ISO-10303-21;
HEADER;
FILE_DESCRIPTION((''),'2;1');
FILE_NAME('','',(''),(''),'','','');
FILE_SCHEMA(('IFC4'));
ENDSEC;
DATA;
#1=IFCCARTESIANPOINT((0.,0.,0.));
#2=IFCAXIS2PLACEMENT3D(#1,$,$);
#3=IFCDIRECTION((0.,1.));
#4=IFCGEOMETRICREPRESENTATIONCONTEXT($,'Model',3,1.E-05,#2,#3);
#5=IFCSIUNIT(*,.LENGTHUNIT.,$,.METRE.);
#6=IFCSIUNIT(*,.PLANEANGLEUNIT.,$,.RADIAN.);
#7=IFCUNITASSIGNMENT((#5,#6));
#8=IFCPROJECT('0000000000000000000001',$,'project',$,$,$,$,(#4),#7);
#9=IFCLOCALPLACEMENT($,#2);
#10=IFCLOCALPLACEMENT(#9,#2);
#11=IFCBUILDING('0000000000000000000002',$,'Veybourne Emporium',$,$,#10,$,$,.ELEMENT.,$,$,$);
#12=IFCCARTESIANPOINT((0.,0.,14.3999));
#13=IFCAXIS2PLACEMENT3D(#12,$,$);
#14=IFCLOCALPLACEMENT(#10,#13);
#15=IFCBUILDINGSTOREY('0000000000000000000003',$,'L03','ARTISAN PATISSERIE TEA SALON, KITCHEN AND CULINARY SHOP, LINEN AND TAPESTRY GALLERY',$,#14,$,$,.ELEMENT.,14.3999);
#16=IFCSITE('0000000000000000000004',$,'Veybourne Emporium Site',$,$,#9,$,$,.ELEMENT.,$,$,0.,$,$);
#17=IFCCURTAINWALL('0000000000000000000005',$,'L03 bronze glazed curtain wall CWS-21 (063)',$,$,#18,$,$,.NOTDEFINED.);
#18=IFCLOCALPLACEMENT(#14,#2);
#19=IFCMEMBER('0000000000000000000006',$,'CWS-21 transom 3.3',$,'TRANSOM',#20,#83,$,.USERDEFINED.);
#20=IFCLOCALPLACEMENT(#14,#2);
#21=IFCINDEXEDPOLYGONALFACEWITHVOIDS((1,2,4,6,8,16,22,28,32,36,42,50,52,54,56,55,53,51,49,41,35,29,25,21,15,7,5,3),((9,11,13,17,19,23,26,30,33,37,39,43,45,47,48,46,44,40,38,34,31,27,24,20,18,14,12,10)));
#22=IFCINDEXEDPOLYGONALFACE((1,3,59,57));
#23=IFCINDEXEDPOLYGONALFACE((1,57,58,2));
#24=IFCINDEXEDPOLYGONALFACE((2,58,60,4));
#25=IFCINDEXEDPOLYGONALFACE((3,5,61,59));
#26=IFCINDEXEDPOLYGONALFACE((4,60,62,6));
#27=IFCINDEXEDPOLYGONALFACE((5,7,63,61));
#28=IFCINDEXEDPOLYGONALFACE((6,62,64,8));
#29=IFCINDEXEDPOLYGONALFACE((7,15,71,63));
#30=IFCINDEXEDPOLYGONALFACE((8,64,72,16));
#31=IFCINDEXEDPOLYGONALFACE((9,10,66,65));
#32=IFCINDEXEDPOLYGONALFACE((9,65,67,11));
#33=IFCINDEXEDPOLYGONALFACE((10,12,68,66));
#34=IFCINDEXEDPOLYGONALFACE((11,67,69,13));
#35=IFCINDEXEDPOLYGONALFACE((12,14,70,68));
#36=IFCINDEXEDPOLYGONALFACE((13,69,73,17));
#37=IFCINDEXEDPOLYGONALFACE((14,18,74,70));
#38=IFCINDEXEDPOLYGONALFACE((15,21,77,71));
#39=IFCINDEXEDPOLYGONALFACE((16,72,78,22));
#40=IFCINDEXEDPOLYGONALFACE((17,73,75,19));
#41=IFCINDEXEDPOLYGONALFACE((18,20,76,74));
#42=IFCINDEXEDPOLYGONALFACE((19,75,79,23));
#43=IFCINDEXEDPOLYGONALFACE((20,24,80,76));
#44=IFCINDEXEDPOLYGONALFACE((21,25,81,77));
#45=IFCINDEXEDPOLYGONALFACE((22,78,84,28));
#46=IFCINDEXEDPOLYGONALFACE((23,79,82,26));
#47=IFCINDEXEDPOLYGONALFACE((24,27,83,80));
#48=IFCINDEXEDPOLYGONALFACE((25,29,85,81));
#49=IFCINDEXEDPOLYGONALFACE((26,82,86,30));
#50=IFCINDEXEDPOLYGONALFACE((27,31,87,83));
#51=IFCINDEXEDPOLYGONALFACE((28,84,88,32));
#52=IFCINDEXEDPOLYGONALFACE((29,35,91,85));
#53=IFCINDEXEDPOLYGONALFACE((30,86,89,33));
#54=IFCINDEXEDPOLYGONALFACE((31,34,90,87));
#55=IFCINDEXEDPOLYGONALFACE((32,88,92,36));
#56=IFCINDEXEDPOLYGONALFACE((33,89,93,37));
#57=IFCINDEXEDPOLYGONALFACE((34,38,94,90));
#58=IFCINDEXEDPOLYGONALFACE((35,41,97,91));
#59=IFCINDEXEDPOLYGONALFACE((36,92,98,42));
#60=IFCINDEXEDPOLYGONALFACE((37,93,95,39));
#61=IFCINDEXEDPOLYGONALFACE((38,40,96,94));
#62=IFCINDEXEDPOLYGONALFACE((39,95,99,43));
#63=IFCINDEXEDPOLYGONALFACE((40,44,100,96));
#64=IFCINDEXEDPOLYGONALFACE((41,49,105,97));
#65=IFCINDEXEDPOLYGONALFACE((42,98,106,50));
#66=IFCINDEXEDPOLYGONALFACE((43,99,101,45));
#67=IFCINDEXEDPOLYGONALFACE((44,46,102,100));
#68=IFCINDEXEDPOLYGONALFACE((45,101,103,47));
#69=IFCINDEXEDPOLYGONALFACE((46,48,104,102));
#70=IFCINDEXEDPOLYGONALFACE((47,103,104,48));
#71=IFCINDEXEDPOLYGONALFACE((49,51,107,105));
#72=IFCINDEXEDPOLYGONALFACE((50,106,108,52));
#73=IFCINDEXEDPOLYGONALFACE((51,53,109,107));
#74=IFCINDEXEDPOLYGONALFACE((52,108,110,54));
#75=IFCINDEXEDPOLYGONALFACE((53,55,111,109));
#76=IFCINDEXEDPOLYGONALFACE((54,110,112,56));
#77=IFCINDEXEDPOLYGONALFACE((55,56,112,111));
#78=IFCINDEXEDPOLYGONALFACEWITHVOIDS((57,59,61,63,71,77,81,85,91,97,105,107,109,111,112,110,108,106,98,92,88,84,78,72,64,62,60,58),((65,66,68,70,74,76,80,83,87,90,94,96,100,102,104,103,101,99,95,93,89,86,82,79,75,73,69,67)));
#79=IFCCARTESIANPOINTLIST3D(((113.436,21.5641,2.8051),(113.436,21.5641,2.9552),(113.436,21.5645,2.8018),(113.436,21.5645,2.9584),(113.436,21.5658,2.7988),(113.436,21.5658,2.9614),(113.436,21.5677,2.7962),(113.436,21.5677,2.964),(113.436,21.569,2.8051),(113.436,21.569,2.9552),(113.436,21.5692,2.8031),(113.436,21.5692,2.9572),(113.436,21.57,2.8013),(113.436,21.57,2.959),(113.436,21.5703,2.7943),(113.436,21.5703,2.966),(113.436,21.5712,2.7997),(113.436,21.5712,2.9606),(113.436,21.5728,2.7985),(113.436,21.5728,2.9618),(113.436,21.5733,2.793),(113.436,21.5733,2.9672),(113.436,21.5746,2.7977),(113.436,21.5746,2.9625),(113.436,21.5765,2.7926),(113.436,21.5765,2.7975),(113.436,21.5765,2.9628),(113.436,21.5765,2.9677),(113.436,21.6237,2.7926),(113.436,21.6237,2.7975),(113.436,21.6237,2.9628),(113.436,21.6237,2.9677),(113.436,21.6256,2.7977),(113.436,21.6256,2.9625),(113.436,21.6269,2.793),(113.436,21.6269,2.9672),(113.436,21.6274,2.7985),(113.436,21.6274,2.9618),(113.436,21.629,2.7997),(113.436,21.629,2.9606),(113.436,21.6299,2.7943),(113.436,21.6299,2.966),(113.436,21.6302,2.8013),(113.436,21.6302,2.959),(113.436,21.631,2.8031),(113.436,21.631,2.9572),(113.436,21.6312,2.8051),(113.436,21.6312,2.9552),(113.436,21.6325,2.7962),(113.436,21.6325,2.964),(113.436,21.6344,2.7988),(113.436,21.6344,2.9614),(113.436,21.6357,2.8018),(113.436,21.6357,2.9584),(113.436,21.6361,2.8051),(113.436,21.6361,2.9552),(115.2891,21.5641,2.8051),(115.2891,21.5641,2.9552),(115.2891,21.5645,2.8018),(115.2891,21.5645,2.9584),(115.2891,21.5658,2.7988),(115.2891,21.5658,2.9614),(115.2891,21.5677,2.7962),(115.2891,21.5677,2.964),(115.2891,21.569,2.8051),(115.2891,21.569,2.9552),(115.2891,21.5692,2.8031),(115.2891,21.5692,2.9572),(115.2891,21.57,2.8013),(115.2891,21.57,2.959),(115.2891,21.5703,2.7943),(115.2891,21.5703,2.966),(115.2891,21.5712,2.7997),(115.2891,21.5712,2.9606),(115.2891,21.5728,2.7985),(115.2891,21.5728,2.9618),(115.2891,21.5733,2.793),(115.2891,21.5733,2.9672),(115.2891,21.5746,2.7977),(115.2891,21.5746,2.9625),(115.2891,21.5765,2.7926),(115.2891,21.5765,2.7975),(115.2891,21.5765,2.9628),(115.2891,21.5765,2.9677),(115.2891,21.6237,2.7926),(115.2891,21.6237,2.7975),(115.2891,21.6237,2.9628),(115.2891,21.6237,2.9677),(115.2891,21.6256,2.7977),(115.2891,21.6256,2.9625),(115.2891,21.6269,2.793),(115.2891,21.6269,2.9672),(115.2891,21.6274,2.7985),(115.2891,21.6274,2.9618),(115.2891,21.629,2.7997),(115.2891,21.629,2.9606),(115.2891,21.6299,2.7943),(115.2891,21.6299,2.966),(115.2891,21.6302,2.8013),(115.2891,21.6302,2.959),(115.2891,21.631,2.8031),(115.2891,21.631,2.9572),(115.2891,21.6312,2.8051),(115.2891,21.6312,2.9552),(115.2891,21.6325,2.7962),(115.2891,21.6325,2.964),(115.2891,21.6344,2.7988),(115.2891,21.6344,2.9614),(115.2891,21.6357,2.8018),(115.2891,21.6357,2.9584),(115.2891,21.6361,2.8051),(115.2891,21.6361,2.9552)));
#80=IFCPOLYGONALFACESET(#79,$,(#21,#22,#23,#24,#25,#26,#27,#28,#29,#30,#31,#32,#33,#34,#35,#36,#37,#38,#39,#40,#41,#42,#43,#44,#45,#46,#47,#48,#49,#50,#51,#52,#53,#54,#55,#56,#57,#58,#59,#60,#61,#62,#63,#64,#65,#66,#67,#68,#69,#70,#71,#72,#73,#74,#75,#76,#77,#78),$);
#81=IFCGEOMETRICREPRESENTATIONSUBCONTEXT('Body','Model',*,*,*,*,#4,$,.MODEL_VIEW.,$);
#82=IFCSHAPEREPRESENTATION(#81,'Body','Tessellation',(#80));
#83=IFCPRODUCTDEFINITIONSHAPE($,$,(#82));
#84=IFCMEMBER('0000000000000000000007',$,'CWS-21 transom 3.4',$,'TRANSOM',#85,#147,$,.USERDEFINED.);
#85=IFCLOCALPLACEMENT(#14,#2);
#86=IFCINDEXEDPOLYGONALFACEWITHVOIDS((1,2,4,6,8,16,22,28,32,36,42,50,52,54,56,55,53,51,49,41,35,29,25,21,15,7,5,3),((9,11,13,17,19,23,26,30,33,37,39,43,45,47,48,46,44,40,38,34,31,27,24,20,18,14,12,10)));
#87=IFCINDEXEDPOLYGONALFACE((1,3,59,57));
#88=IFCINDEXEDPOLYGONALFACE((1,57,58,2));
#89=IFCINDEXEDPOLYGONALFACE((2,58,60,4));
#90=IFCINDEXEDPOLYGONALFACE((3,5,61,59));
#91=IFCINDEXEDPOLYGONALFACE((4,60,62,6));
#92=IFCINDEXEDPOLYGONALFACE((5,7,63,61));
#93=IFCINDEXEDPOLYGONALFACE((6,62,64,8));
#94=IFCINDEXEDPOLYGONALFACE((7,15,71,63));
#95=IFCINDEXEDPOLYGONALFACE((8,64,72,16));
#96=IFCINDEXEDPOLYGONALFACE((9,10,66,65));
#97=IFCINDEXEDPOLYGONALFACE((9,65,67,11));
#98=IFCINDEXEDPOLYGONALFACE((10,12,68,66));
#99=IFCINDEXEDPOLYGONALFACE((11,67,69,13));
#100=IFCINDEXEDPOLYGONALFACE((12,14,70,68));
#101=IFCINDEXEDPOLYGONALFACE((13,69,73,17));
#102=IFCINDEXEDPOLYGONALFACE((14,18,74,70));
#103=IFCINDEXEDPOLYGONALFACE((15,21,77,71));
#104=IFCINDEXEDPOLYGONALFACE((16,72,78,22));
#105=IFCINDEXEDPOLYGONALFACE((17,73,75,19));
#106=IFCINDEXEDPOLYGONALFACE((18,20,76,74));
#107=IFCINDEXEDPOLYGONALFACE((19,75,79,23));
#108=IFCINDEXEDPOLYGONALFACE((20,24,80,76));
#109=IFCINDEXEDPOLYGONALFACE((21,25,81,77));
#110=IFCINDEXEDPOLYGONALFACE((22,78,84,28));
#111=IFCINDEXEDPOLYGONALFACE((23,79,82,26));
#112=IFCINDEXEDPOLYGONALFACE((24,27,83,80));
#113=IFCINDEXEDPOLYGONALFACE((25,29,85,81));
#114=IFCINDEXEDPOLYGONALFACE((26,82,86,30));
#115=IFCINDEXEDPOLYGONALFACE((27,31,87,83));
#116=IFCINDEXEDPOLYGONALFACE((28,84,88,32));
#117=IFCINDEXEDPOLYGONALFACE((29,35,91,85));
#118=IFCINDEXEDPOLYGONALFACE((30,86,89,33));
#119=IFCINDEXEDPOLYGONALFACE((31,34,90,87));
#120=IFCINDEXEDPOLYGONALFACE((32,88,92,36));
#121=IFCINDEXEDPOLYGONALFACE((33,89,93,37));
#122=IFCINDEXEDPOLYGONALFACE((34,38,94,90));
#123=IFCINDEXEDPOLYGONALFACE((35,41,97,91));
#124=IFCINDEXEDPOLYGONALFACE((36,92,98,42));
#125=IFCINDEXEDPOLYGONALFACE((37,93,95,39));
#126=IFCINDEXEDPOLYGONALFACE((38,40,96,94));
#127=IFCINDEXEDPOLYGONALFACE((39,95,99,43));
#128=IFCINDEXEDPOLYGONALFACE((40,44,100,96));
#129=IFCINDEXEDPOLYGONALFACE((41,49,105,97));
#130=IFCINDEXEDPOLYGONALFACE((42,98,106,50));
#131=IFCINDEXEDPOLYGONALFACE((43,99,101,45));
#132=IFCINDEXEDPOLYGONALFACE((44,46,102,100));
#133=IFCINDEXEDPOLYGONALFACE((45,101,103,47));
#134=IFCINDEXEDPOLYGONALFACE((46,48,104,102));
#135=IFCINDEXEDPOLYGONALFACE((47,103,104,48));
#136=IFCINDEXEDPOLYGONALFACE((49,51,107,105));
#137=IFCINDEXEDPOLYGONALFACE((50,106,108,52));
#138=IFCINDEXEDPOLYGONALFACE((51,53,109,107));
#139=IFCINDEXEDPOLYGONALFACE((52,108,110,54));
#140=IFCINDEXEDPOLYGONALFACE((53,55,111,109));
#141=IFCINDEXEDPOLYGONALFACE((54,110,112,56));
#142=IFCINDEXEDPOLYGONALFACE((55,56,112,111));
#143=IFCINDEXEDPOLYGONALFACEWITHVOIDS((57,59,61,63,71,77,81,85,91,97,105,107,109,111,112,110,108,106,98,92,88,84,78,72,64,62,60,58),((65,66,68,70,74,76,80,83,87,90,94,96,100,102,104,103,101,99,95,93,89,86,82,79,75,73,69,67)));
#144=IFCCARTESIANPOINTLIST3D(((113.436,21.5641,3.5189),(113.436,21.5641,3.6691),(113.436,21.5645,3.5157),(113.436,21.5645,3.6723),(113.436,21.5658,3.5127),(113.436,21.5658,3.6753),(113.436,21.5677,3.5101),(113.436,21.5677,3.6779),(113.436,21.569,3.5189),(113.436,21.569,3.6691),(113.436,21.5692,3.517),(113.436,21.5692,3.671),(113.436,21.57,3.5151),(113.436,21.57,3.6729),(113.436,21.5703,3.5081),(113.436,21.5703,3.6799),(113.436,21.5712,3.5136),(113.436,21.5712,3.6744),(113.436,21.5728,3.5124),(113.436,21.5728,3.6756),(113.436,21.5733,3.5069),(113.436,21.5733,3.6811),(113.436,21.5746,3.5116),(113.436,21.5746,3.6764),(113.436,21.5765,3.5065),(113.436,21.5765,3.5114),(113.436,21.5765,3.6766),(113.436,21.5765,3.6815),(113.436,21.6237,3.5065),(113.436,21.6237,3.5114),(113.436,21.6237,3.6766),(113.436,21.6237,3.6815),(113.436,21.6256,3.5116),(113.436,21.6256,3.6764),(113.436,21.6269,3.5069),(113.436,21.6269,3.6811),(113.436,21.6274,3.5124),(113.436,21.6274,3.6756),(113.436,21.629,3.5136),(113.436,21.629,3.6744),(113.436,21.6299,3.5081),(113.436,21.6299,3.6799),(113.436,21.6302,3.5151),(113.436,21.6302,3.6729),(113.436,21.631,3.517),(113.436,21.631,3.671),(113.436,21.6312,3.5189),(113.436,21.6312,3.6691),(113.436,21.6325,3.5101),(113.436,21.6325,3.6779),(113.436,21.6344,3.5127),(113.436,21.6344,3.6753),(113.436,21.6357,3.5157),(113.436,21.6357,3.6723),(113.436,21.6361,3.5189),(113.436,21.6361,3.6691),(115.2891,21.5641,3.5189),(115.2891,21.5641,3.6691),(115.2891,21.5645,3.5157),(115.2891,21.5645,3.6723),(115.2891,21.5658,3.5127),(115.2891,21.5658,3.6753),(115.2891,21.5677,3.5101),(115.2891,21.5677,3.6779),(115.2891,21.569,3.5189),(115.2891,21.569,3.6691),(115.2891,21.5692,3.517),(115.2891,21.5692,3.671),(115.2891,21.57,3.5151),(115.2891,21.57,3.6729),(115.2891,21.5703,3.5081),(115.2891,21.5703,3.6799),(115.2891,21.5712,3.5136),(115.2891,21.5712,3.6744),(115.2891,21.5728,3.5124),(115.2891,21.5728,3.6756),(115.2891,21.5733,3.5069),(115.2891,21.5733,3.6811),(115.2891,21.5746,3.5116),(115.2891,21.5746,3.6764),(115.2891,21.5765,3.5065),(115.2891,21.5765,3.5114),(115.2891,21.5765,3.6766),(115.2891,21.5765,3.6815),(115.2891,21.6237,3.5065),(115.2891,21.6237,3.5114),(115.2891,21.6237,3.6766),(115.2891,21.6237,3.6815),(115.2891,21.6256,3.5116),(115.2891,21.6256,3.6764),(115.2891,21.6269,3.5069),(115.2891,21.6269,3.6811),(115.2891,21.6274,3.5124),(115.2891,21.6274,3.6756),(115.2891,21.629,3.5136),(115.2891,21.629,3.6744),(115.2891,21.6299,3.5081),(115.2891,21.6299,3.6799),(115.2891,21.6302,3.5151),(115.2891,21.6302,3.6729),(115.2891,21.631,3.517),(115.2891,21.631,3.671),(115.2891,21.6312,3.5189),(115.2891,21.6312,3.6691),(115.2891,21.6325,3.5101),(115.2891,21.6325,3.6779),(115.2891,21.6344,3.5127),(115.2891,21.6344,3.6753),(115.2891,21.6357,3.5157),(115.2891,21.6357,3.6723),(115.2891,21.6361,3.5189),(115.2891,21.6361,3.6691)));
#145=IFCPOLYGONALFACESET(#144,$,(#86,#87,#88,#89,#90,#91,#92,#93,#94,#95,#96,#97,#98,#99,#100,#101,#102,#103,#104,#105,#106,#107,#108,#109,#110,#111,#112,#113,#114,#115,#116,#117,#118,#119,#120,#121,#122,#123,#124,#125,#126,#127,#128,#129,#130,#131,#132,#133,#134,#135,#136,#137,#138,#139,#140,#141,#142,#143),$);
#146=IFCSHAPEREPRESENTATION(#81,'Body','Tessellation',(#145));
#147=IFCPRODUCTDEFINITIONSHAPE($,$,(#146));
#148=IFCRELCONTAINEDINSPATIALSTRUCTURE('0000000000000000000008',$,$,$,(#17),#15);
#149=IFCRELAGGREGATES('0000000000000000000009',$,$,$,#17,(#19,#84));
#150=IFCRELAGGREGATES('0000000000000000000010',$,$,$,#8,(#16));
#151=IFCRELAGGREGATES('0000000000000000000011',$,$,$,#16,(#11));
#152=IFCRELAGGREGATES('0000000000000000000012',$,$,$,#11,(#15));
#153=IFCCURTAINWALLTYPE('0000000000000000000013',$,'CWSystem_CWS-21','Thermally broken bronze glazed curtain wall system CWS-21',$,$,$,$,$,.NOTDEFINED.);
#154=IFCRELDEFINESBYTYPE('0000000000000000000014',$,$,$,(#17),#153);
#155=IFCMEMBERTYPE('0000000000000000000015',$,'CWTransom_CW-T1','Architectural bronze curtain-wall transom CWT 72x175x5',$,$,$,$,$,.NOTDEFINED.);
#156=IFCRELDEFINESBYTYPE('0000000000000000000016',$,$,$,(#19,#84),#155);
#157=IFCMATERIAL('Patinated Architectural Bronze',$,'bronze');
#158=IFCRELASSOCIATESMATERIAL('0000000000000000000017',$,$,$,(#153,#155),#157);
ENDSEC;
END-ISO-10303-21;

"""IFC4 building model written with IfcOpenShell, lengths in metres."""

from ifc_helpers import new_model, si_unit, direction, frame, origin, origin_2d, place, context, subcontext, project, spatial, hollow_rectangle, extrude, material, material_profile, profile_set, type_object, element, aggregate, save


model = new_model("IFC4")

# Units and contexts
model_context = context("Model", 3, precision=1e-05, world=origin(), true_north=direction((0.0, 1.0)))
body_context = subcontext(model_context, "Body", "Model", "MODEL_VIEW")
ifc_project = project(units=[si_unit("LENGTHUNIT", "METRE"), si_unit("PLANEANGLEUNIT", "RADIAN")], contexts=[model_context])

# Site, building, storey
site_placement = place(None, origin())
site = spatial("IfcSite", under=ifc_project, at=site_placement, Name="Veybourne Emporium Site", CompositionType="ELEMENT", RefElevation=0.0)
building_placement = place(site_placement, origin())
building = spatial("IfcBuilding", under=site, at=building_placement, Name="Veybourne Emporium", CompositionType="ELEMENT")
storey_placement = place(building_placement, frame((0.0, 0.0, 14.3999)))
storey = spatial("IfcBuildingStorey", under=building, at=storey_placement, Name="L03", Description="ARTISAN PATISSERIE TEA SALON, KITCHEN AND CULINARY SHOP, LINEN AND TAPESTRY GALLERY", CompositionType="ELEMENT", Elevation=14.3999)

# Curtain wall, members
ifc_material_1 = material(Name="Patinated Architectural Bronze", Category="bronze")
curtain_wall_type = type_object("IfcCurtainWallType", Name="CWSystem_CWS-21", Description="Thermally broken bronze glazed curtain wall system CWS-21", PredefinedType="NOTDEFINED", material=ifc_material_1)
curtain_wall_placement = place(storey_placement, origin())
curtain_wall = element("IfcCurtainWall", 1, at=curtain_wall_placement, inside=storey, type_object=curtain_wall_type, Name="L03 bronze glazed curtain wall CWS-21 (063)", PredefinedType="NOTDEFINED")
ifc_material_profile_1 = material_profile(ifc_material_1, hollow_rectangle(XDim=0.072, YDim=0.175, WallThickness=0.0049, InnerFilletRadius=0.0076, OuterFilletRadius=0.0125, at=origin_2d()), Name="CWT 72x175x5")
ifc_profile_set_1 = profile_set([ifc_material_profile_1], Name="Patinated Architectural Bronze")
member_type_1 = type_object("IfcMemberType", Name="CWTransom_CW-T1", Description="Architectural bronze curtain-wall transom CWT 72x175x5", PredefinedType="NOTDEFINED", material=ifc_profile_set_1)
member_1_placement = place(storey_placement, frame((113.436, 21.6001, 2.8801), z_axis=(1.0, 0.0, 0.0), x_axis=(0.0, 1.0, 0.0)))
member_1 = element("IfcMember", 2, at=member_1_placement, type_object=member_type_1, Name="CWS-21 transom 3.3", ObjectType="TRANSOM", PredefinedType="USERDEFINED", context=body_context, shape_type="SweptSolid", body=[
    extrude(hollow_rectangle(XDim=0.072, YDim=0.175, WallThickness=0.0049, InnerFilletRadius=0.0076, OuterFilletRadius=0.0125, at=origin_2d()), origin(), (0.0, 0.0, 1.0), 1.853),
])
member_2_placement = place(storey_placement, frame((113.436, 21.6001, 3.594), z_axis=(1.0, 0.0, 0.0), x_axis=(0.0, 1.0, 0.0)))
member_2 = element("IfcMember", 3, at=member_2_placement, type_object=member_type_1, Name="CWS-21 transom 3.4", ObjectType="TRANSOM", PredefinedType="USERDEFINED", context=body_context, shape_type="SweptSolid", body=[
    extrude(hollow_rectangle(XDim=0.072, YDim=0.175, WallThickness=0.0049, InnerFilletRadius=0.0076, OuterFilletRadius=0.0125, at=origin_2d()), origin(), (0.0, 0.0, 1.0), 1.853),
])
aggregate(curtain_wall, [member_1, member_2])

save(model, "model.ifc")
